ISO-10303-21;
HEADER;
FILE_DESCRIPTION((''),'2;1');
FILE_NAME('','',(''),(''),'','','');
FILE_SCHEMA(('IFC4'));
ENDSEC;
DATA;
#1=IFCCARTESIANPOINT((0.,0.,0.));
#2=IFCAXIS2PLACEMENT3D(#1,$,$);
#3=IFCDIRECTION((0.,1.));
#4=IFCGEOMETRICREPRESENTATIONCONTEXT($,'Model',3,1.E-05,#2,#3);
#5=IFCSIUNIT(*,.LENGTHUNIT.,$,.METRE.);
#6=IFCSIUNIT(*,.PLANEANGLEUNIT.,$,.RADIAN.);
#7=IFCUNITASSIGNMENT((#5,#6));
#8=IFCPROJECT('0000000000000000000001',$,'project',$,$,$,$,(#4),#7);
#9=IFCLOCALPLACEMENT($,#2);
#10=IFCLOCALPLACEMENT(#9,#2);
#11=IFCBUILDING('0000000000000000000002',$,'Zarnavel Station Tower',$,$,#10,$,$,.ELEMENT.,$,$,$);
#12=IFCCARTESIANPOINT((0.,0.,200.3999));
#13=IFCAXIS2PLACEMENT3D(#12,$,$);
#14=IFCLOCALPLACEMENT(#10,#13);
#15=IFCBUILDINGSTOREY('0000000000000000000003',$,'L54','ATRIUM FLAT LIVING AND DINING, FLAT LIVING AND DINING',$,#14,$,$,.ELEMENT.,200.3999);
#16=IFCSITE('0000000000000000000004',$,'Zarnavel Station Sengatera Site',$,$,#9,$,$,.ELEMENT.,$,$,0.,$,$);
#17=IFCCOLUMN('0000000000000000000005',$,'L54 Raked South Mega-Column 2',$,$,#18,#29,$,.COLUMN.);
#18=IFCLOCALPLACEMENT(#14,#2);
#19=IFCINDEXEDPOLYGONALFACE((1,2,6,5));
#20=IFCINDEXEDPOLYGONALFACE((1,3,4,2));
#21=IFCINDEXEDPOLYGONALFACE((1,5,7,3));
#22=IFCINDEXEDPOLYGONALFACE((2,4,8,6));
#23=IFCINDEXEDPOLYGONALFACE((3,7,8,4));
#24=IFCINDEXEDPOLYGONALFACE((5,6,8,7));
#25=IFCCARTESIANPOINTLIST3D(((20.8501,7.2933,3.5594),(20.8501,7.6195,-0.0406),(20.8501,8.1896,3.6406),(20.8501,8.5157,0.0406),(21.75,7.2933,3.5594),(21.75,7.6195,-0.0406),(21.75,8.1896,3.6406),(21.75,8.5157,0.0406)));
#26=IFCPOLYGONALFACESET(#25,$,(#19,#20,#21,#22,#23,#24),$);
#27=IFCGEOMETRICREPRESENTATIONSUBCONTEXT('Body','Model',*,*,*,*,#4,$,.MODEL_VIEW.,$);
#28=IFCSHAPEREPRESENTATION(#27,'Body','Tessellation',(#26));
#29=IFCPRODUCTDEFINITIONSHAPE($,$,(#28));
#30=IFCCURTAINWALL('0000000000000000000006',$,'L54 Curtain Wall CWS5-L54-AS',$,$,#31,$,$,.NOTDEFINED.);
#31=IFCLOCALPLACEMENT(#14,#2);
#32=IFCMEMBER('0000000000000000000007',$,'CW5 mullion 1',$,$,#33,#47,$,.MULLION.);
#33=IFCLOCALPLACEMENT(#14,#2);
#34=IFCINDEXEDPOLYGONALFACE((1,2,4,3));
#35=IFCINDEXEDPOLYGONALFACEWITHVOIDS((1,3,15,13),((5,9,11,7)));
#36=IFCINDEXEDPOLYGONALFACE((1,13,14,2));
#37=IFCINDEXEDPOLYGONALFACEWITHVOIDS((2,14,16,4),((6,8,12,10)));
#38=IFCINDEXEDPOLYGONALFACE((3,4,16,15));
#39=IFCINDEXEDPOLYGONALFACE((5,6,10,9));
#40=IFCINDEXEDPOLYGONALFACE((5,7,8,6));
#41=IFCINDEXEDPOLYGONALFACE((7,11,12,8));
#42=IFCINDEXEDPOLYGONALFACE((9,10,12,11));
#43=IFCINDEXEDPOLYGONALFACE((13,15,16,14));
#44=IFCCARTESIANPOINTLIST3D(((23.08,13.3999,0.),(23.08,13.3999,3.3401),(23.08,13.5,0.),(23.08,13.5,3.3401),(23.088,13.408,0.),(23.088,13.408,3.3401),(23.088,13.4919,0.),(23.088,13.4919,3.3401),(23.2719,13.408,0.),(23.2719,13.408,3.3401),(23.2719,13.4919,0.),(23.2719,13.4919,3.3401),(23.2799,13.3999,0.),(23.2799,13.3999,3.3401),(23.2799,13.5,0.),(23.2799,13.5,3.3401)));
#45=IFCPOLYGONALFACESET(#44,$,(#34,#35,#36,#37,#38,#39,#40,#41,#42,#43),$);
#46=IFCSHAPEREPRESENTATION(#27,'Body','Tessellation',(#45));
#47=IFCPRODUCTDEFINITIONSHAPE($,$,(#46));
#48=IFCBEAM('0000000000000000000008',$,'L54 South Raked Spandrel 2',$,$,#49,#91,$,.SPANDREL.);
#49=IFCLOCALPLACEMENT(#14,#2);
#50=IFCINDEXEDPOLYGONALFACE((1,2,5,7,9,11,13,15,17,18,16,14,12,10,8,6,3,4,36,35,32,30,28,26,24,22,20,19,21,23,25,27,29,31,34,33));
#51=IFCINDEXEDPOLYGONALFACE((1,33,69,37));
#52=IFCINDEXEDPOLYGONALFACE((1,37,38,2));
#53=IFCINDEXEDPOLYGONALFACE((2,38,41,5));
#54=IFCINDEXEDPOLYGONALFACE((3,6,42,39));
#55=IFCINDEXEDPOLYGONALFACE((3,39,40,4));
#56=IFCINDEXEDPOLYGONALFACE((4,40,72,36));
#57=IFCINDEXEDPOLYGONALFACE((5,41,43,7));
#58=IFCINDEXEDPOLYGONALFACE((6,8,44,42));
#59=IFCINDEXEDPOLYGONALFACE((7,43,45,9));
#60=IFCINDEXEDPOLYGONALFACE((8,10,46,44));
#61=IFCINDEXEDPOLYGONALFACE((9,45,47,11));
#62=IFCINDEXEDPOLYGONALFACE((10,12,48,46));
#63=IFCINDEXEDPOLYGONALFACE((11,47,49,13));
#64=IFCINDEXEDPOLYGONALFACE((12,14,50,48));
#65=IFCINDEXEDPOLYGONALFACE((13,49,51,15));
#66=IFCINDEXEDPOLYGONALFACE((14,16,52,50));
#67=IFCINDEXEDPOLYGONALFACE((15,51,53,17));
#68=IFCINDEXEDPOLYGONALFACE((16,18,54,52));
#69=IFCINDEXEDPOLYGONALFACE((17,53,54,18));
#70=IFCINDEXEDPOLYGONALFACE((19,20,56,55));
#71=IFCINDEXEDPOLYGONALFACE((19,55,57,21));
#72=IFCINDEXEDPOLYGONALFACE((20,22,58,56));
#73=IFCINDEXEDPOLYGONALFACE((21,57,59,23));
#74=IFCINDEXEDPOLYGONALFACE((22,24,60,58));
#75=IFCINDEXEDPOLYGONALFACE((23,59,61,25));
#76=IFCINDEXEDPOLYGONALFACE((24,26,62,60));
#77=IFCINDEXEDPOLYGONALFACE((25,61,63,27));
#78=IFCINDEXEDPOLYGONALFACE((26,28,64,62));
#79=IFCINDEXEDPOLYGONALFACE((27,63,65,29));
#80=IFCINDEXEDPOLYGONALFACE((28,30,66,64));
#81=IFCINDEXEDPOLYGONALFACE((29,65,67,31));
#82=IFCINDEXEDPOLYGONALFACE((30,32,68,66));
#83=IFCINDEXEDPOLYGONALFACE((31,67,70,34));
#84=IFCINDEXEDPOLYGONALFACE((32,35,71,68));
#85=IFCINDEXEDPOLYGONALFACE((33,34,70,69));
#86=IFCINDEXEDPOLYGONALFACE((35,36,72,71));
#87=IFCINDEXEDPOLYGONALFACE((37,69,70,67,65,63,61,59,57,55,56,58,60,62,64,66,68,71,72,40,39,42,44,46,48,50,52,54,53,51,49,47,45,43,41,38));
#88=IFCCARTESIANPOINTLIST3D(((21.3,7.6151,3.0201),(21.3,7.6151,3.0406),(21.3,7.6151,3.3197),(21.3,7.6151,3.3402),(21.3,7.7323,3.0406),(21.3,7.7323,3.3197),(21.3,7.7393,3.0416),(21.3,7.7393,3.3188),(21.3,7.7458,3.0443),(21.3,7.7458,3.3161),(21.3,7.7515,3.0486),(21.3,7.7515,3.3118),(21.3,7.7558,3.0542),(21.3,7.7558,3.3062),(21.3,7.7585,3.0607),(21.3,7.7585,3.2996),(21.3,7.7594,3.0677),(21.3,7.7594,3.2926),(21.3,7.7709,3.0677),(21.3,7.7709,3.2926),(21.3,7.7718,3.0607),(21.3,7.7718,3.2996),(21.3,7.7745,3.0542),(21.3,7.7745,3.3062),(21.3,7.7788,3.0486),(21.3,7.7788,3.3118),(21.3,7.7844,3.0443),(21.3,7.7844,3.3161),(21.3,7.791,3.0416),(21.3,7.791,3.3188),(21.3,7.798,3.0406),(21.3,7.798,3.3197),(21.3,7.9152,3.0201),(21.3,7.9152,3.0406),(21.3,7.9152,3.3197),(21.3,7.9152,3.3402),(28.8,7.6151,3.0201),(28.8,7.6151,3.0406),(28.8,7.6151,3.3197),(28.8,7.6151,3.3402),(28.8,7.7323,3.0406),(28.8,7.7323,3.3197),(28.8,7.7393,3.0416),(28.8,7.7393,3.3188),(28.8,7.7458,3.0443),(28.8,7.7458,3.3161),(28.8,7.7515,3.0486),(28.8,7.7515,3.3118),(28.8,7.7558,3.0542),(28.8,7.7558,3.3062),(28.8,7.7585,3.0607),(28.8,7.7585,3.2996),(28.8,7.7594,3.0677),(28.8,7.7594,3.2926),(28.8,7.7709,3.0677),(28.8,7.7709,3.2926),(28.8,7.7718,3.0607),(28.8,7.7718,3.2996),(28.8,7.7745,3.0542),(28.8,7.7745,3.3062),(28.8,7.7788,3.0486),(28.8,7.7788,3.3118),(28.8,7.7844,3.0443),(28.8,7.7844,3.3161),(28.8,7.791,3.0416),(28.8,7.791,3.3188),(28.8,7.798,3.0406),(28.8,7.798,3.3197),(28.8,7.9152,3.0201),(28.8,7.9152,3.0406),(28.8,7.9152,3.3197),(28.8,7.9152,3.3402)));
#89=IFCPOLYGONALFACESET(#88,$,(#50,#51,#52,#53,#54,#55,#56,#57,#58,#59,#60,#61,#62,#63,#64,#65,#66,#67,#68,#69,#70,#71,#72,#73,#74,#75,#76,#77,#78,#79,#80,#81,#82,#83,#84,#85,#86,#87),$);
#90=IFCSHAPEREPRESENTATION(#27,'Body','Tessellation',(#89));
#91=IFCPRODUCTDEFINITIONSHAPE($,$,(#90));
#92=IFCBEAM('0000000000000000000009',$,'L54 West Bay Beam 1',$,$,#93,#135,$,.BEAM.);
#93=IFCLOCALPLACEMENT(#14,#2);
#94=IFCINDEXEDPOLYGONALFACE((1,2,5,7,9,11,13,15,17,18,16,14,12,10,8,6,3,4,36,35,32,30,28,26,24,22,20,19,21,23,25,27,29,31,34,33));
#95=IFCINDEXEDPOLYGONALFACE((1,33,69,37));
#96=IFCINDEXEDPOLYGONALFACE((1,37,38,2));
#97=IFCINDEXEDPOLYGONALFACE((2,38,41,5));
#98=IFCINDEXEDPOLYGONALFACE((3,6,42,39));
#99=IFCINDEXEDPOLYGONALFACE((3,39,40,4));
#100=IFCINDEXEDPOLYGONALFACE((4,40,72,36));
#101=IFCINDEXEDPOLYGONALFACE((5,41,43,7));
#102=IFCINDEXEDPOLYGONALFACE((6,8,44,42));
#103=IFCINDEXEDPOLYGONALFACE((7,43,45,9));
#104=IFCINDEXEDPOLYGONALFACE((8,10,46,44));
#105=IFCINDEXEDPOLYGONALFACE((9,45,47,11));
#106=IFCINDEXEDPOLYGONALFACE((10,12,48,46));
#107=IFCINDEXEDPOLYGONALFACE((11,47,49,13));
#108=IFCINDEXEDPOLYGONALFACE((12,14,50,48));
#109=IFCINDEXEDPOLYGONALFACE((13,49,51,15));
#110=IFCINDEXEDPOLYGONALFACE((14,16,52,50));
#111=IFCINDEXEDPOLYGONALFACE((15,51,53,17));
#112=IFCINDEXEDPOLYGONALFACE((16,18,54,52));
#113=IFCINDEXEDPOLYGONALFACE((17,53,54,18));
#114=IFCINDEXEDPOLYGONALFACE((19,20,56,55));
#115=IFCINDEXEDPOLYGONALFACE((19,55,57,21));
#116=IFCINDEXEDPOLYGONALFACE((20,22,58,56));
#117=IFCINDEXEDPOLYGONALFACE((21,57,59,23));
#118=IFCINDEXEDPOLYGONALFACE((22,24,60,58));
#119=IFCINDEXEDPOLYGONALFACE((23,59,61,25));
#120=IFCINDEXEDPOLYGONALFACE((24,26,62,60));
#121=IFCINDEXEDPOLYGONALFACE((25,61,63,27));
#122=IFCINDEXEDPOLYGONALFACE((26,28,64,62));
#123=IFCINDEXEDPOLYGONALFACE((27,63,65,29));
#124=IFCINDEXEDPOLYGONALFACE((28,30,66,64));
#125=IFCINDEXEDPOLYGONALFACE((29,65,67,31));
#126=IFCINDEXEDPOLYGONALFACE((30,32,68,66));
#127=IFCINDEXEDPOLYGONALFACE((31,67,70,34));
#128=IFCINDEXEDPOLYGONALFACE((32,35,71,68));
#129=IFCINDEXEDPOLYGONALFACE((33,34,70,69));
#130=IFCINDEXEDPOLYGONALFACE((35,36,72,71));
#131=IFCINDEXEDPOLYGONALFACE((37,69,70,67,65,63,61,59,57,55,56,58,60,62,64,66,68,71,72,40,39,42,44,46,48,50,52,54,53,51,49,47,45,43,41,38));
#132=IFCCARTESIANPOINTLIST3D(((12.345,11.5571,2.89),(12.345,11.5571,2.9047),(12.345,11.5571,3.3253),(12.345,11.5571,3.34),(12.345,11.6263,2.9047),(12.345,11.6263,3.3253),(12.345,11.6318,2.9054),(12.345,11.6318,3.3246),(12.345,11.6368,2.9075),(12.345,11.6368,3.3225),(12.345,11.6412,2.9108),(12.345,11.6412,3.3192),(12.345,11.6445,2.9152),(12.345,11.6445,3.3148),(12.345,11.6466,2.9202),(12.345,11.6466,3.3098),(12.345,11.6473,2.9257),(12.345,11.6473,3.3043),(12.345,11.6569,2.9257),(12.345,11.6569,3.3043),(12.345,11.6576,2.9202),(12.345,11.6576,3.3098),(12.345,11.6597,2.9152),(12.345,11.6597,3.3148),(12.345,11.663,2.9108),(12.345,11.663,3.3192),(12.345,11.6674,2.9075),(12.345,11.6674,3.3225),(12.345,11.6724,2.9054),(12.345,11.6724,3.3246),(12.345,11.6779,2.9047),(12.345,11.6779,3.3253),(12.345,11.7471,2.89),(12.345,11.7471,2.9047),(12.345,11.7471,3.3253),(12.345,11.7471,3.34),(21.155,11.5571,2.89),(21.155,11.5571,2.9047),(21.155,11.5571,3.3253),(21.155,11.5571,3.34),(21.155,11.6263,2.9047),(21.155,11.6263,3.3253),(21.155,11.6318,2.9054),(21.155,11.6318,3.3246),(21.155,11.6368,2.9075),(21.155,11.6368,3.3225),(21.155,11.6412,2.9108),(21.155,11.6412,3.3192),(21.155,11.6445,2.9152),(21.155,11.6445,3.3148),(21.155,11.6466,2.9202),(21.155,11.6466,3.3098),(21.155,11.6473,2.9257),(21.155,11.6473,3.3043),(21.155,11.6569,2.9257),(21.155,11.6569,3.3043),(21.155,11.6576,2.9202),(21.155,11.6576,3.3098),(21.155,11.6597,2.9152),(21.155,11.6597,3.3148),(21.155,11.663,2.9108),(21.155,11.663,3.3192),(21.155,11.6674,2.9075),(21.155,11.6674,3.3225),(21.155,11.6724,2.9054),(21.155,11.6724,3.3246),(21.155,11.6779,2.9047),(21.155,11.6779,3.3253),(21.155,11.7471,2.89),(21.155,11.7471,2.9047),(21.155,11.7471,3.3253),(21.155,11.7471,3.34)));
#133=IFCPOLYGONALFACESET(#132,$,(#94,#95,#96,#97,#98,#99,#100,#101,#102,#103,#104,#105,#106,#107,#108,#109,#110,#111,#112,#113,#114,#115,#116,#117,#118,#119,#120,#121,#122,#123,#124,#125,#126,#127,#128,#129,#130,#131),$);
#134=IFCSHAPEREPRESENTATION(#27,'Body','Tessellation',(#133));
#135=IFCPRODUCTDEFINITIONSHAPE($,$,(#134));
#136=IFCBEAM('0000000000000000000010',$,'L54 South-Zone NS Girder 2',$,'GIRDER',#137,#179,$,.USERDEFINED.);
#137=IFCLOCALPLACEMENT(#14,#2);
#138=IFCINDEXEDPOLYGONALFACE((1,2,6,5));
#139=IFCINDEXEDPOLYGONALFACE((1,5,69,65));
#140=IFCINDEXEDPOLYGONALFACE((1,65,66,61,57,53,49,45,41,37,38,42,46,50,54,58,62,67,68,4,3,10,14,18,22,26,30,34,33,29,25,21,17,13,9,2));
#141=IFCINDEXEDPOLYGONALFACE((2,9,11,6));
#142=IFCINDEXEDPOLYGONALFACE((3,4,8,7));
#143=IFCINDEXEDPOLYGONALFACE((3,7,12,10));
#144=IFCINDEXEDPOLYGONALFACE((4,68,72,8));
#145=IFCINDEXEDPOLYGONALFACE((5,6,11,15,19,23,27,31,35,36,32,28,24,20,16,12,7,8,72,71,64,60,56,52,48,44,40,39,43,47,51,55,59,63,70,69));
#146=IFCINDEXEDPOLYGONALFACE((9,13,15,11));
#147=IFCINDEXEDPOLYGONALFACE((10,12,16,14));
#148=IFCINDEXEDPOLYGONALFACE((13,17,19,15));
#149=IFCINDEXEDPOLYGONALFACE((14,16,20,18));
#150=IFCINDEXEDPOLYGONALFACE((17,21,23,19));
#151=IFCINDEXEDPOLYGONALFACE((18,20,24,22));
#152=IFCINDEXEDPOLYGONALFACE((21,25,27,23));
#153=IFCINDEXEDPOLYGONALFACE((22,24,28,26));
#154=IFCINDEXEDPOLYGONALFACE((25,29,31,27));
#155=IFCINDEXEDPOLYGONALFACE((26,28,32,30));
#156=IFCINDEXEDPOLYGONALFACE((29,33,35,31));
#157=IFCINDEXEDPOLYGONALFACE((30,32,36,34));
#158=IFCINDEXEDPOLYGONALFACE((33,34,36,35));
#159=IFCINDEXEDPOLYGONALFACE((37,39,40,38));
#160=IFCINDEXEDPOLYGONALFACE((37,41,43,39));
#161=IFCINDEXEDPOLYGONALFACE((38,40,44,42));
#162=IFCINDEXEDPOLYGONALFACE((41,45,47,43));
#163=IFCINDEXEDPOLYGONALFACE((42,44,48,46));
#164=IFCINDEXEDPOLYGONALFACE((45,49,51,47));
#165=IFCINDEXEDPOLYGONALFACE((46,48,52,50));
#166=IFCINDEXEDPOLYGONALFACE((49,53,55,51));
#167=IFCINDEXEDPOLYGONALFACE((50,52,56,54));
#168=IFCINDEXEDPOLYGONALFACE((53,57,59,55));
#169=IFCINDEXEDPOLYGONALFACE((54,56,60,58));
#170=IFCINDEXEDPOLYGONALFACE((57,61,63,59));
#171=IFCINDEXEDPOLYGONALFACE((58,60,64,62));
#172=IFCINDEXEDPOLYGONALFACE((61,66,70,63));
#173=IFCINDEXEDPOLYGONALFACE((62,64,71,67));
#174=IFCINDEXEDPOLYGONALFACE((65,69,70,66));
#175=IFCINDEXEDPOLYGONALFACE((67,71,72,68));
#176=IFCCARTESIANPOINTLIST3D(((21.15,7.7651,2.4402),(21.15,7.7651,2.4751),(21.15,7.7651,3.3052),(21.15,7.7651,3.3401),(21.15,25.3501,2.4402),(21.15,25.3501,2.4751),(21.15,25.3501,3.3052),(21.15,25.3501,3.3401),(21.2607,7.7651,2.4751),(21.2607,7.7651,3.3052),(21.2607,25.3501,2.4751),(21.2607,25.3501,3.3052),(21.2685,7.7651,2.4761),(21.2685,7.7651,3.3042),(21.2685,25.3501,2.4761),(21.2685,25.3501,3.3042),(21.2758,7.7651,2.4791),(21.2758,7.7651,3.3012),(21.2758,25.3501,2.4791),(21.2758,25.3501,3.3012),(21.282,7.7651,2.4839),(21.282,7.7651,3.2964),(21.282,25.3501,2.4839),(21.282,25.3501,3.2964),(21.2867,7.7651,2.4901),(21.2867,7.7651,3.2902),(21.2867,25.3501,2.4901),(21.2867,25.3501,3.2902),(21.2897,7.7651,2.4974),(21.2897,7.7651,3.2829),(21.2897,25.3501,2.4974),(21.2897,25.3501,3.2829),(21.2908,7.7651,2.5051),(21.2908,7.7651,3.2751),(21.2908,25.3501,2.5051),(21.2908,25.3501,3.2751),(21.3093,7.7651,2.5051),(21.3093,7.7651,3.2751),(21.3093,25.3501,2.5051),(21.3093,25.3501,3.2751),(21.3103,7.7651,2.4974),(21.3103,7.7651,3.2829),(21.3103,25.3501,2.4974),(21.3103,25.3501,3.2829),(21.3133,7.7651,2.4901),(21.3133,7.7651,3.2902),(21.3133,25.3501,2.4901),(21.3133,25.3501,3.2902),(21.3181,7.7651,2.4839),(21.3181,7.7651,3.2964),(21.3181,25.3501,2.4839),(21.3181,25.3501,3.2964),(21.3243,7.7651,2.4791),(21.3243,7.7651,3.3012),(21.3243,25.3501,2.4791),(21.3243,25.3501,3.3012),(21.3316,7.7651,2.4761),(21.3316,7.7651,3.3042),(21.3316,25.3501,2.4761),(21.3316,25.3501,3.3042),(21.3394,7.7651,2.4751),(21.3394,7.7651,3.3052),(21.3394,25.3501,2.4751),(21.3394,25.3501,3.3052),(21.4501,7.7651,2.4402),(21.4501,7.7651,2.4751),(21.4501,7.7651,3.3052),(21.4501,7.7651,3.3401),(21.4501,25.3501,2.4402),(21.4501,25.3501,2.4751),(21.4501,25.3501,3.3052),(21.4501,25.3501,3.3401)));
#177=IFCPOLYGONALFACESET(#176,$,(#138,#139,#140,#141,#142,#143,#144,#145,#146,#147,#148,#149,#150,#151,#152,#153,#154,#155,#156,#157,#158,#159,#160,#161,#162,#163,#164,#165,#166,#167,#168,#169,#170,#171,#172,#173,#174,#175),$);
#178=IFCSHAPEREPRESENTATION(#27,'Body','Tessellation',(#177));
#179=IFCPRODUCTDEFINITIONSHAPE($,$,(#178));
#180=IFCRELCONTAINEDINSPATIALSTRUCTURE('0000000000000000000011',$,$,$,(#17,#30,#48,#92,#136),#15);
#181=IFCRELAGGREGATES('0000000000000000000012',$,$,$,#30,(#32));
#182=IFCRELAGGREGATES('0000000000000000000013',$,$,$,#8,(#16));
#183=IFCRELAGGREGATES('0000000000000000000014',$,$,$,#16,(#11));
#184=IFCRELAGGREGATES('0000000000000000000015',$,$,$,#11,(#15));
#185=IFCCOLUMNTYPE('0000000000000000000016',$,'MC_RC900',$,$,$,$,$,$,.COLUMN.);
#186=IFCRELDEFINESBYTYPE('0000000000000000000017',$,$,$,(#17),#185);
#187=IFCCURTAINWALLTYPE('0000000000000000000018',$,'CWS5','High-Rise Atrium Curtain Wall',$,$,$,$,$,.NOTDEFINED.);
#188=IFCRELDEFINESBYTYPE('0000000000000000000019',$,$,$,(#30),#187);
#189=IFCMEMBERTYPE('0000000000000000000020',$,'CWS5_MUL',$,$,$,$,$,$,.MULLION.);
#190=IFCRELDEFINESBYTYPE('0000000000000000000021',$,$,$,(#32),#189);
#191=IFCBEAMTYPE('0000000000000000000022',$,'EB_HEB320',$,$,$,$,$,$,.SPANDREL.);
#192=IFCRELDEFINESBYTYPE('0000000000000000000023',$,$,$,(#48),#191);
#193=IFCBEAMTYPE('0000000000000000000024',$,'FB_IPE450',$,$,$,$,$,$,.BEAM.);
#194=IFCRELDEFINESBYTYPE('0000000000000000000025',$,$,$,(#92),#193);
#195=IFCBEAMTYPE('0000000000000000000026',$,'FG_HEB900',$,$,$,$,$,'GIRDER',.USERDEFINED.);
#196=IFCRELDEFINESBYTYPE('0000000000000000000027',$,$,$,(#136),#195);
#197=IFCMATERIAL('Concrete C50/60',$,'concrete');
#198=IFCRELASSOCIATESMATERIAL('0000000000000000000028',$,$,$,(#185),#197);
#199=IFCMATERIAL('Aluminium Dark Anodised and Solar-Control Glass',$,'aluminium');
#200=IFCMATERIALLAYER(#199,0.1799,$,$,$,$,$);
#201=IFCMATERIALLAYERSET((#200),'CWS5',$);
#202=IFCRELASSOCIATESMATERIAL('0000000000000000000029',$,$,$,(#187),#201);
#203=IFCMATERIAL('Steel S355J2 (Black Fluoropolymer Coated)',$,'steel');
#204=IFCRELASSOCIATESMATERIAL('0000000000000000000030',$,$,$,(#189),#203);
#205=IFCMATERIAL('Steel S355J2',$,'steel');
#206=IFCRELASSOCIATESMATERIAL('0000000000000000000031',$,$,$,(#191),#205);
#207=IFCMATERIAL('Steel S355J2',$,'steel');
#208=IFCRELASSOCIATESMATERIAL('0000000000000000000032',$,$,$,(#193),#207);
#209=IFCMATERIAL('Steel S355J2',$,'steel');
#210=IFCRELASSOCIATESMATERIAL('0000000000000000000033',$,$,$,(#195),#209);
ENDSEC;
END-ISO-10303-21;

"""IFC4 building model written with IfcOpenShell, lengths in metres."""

from ifc_helpers import new_model, si_unit, direction, frame, origin, origin_2d, place, context, subcontext, project, spatial, rectangle, hollow_rectangle, i_section, extrude, material, layer, layer_set, material_profile, profile_set, type_object, element, aggregate, save


model = new_model("IFC4")

# Units and contexts
model_context = context("Model", 3, precision=1e-05, world=origin(), true_north=direction((0.0, 1.0)))
body_context = subcontext(model_context, "Body", "Model", "MODEL_VIEW")
ifc_project = project(units=[si_unit("LENGTHUNIT", "METRE"), si_unit("PLANEANGLEUNIT", "RADIAN")], contexts=[model_context])

# Site, building, storey
site_placement = place(None, origin())
site = spatial("IfcSite", under=ifc_project, at=site_placement, Name="Zarnavel Station Sengatera Site", CompositionType="ELEMENT", RefElevation=0.0)
building_placement = place(site_placement, origin())
building = spatial("IfcBuilding", under=site, at=building_placement, Name="Zarnavel Station Tower", CompositionType="ELEMENT")
storey_placement = place(building_placement, frame((0.0, 0.0, 200.3999)))
storey = spatial("IfcBuildingStorey", under=building, at=storey_placement, Name="L54", Description="ATRIUM FLAT LIVING AND DINING, FLAT LIVING AND DINING", CompositionType="ELEMENT", Elevation=200.3999)

# Column
ifc_material_1 = material(Name="Concrete C50/60", Category="concrete")
ifc_material_profile_1 = material_profile(ifc_material_1, rectangle(XDim=0.8999, YDim=0.8999, at=origin_2d()), Name="RC900x900")
ifc_profile_set_1 = profile_set([ifc_material_profile_1], Name="Concrete C50/60")
column_type = type_object("IfcColumnType", Name="MC_RC900", PredefinedType="COLUMN", material=ifc_profile_set_1)
column_placement = place(storey_placement, frame((21.3, 8.0676, 0.0), z_axis=(0.0, -0.090231, 0.995921), x_axis=(1.0, 0.0, 0.0)))
element("IfcColumn", 1, at=column_placement, inside=storey, type_object=column_type, Name="L54 Raked South Mega-Column 2", PredefinedType="COLUMN", context=body_context, shape_type="SweptSolid", body=[
    extrude(rectangle(XDim=0.8999, YDim=0.8999, at=origin_2d()), origin(), (0.0, 0.0, 1.0), 3.6147),
])

# Curtain wall, member
ifc_material_2 = material(Name="Aluminium Dark Anodised and Solar-Control Glass", Category="aluminium")
ifc_layer_1 = layer(ifc_material_2, 0.1799)
ifc_layer_set_1 = layer_set([ifc_layer_1], Name="CWS5")
curtain_wall_type = type_object("IfcCurtainWallType", Name="CWS5", Description="High-Rise Atrium Curtain Wall", PredefinedType="NOTDEFINED", material=ifc_layer_set_1)
curtain_wall_placement = place(storey_placement, origin())
curtain_wall = element("IfcCurtainWall", 2, at=curtain_wall_placement, inside=storey, type_object=curtain_wall_type, Name="L54 Curtain Wall CWS5-L54-AS", PredefinedType="NOTDEFINED")
ifc_material_3 = material(Name="Steel S355J2 (Black Fluoropolymer Coated)", Category="steel")
ifc_material_profile_2 = material_profile(ifc_material_3, hollow_rectangle(XDim=0.1001, YDim=0.2, WallThickness=0.0081, at=origin_2d()), Name="RHS200x100x8")
ifc_profile_set_2 = profile_set([ifc_material_profile_2], Name="Steel S355J2 (Black Fluoropolymer Coated)")
member_type = type_object("IfcMemberType", Name="CWS5_MUL", PredefinedType="MULLION", material=ifc_profile_set_2)
member_placement = place(storey_placement, frame((23.1799, 13.45, 0.0), z_axis=(0.0, 0.0, 1.0), x_axis=(0.0, 1.0, 0.0)))
member = element("IfcMember", 3, at=member_placement, type_object=member_type, Name="CW5 mullion 1", PredefinedType="MULLION", context=body_context, shape_type="SweptSolid", body=[
    extrude(hollow_rectangle(XDim=0.1001, YDim=0.2, WallThickness=0.0081, at=origin_2d()), origin(), (0.0, 0.0, 1.0), 3.3401),
])
aggregate(curtain_wall, [member])

# Beams
ifc_material_4 = material(Name="Steel S355J2", Category="steel")
ifc_material_profile_3 = material_profile(ifc_material_4, i_section(OverallWidth=0.3, OverallDepth=0.3201, WebThickness=0.0115, FlangeThickness=0.0205, FilletRadius=0.0271, at=origin_2d()), Name="HEB320")
ifc_profile_set_3 = profile_set([ifc_material_profile_3], Name="Steel S355J2")
beam_type_1 = type_object("IfcBeamType", Name="EB_HEB320", PredefinedType="SPANDREL", material=ifc_profile_set_3)
beam_1_placement = place(storey_placement, frame((21.3, 7.7651, 3.1802), z_axis=(1.0, 0.0, 0.0), x_axis=(0.0, 1.0, 0.0)))
element("IfcBeam", 4, at=beam_1_placement, inside=storey, type_object=beam_type_1, Name="L54 South Raked Spandrel 2", PredefinedType="SPANDREL", context=body_context, shape_type="SweptSolid", body=[
    extrude(i_section(OverallWidth=0.3, OverallDepth=0.3201, WebThickness=0.0115, FlangeThickness=0.0205, FilletRadius=0.0271, at=origin_2d()), origin(), (0.0, 0.0, 1.0), 7.5),
])
ifc_material_5 = material(Name="Steel S355J2", Category="steel")
ifc_material_profile_4 = material_profile(ifc_material_5, i_section(OverallWidth=0.1899, OverallDepth=0.45, WebThickness=0.0095, FlangeThickness=0.0146, FilletRadius=0.021, at=origin_2d()), Name="IPE450")
ifc_profile_set_4 = profile_set([ifc_material_profile_4], Name="Steel S355J2")
beam_type_2 = type_object("IfcBeamType", Name="FB_IPE450", PredefinedType="BEAM", material=ifc_profile_set_4)
beam_2_placement = place(storey_placement, frame((12.345, 11.6521, 3.115), z_axis=(1.0, 0.0, 0.0), x_axis=(0.0, 1.0, 0.0)))
element("IfcBeam", 5, at=beam_2_placement, inside=storey, type_object=beam_type_2, Name="L54 West Bay Beam 1", PredefinedType="BEAM", context=body_context, shape_type="SweptSolid", body=[
    extrude(i_section(OverallWidth=0.1899, OverallDepth=0.45, WebThickness=0.0095, FlangeThickness=0.0146, FilletRadius=0.021, at=origin_2d()), origin(), (0.0, 0.0, 1.0), 8.8101),
])
ifc_material_6 = material(Name="Steel S355J2", Category="steel")
ifc_material_profile_5 = material_profile(ifc_material_6, i_section(OverallWidth=0.3, OverallDepth=0.8999, WebThickness=0.0186, FlangeThickness=0.0349, FilletRadius=0.03, at=origin_2d()), Name="HEB900")
ifc_profile_set_5 = profile_set([ifc_material_profile_5], Name="Steel S355J2")
beam_type_3 = type_object("IfcBeamType", Name="FG_HEB900", ElementType="GIRDER", PredefinedType="USERDEFINED", material=ifc_profile_set_5)
beam_3_placement = place(storey_placement, frame((21.3, 7.7651, 2.8901), z_axis=(0.0, 1.0, 0.0), x_axis=(-1.0, 0.0, 0.0)))
element("IfcBeam", 6, at=beam_3_placement, inside=storey, type_object=beam_type_3, Name="L54 South-Zone NS Girder 2", ObjectType="GIRDER", PredefinedType="USERDEFINED", context=body_context, shape_type="SweptSolid", body=[
    extrude(i_section(OverallWidth=0.3, OverallDepth=0.8999, WebThickness=0.0186, FlangeThickness=0.0349, FilletRadius=0.03, at=origin_2d()), origin(), (0.0, 0.0, 1.0), 17.585),
])

save(model, "model.ifc")
